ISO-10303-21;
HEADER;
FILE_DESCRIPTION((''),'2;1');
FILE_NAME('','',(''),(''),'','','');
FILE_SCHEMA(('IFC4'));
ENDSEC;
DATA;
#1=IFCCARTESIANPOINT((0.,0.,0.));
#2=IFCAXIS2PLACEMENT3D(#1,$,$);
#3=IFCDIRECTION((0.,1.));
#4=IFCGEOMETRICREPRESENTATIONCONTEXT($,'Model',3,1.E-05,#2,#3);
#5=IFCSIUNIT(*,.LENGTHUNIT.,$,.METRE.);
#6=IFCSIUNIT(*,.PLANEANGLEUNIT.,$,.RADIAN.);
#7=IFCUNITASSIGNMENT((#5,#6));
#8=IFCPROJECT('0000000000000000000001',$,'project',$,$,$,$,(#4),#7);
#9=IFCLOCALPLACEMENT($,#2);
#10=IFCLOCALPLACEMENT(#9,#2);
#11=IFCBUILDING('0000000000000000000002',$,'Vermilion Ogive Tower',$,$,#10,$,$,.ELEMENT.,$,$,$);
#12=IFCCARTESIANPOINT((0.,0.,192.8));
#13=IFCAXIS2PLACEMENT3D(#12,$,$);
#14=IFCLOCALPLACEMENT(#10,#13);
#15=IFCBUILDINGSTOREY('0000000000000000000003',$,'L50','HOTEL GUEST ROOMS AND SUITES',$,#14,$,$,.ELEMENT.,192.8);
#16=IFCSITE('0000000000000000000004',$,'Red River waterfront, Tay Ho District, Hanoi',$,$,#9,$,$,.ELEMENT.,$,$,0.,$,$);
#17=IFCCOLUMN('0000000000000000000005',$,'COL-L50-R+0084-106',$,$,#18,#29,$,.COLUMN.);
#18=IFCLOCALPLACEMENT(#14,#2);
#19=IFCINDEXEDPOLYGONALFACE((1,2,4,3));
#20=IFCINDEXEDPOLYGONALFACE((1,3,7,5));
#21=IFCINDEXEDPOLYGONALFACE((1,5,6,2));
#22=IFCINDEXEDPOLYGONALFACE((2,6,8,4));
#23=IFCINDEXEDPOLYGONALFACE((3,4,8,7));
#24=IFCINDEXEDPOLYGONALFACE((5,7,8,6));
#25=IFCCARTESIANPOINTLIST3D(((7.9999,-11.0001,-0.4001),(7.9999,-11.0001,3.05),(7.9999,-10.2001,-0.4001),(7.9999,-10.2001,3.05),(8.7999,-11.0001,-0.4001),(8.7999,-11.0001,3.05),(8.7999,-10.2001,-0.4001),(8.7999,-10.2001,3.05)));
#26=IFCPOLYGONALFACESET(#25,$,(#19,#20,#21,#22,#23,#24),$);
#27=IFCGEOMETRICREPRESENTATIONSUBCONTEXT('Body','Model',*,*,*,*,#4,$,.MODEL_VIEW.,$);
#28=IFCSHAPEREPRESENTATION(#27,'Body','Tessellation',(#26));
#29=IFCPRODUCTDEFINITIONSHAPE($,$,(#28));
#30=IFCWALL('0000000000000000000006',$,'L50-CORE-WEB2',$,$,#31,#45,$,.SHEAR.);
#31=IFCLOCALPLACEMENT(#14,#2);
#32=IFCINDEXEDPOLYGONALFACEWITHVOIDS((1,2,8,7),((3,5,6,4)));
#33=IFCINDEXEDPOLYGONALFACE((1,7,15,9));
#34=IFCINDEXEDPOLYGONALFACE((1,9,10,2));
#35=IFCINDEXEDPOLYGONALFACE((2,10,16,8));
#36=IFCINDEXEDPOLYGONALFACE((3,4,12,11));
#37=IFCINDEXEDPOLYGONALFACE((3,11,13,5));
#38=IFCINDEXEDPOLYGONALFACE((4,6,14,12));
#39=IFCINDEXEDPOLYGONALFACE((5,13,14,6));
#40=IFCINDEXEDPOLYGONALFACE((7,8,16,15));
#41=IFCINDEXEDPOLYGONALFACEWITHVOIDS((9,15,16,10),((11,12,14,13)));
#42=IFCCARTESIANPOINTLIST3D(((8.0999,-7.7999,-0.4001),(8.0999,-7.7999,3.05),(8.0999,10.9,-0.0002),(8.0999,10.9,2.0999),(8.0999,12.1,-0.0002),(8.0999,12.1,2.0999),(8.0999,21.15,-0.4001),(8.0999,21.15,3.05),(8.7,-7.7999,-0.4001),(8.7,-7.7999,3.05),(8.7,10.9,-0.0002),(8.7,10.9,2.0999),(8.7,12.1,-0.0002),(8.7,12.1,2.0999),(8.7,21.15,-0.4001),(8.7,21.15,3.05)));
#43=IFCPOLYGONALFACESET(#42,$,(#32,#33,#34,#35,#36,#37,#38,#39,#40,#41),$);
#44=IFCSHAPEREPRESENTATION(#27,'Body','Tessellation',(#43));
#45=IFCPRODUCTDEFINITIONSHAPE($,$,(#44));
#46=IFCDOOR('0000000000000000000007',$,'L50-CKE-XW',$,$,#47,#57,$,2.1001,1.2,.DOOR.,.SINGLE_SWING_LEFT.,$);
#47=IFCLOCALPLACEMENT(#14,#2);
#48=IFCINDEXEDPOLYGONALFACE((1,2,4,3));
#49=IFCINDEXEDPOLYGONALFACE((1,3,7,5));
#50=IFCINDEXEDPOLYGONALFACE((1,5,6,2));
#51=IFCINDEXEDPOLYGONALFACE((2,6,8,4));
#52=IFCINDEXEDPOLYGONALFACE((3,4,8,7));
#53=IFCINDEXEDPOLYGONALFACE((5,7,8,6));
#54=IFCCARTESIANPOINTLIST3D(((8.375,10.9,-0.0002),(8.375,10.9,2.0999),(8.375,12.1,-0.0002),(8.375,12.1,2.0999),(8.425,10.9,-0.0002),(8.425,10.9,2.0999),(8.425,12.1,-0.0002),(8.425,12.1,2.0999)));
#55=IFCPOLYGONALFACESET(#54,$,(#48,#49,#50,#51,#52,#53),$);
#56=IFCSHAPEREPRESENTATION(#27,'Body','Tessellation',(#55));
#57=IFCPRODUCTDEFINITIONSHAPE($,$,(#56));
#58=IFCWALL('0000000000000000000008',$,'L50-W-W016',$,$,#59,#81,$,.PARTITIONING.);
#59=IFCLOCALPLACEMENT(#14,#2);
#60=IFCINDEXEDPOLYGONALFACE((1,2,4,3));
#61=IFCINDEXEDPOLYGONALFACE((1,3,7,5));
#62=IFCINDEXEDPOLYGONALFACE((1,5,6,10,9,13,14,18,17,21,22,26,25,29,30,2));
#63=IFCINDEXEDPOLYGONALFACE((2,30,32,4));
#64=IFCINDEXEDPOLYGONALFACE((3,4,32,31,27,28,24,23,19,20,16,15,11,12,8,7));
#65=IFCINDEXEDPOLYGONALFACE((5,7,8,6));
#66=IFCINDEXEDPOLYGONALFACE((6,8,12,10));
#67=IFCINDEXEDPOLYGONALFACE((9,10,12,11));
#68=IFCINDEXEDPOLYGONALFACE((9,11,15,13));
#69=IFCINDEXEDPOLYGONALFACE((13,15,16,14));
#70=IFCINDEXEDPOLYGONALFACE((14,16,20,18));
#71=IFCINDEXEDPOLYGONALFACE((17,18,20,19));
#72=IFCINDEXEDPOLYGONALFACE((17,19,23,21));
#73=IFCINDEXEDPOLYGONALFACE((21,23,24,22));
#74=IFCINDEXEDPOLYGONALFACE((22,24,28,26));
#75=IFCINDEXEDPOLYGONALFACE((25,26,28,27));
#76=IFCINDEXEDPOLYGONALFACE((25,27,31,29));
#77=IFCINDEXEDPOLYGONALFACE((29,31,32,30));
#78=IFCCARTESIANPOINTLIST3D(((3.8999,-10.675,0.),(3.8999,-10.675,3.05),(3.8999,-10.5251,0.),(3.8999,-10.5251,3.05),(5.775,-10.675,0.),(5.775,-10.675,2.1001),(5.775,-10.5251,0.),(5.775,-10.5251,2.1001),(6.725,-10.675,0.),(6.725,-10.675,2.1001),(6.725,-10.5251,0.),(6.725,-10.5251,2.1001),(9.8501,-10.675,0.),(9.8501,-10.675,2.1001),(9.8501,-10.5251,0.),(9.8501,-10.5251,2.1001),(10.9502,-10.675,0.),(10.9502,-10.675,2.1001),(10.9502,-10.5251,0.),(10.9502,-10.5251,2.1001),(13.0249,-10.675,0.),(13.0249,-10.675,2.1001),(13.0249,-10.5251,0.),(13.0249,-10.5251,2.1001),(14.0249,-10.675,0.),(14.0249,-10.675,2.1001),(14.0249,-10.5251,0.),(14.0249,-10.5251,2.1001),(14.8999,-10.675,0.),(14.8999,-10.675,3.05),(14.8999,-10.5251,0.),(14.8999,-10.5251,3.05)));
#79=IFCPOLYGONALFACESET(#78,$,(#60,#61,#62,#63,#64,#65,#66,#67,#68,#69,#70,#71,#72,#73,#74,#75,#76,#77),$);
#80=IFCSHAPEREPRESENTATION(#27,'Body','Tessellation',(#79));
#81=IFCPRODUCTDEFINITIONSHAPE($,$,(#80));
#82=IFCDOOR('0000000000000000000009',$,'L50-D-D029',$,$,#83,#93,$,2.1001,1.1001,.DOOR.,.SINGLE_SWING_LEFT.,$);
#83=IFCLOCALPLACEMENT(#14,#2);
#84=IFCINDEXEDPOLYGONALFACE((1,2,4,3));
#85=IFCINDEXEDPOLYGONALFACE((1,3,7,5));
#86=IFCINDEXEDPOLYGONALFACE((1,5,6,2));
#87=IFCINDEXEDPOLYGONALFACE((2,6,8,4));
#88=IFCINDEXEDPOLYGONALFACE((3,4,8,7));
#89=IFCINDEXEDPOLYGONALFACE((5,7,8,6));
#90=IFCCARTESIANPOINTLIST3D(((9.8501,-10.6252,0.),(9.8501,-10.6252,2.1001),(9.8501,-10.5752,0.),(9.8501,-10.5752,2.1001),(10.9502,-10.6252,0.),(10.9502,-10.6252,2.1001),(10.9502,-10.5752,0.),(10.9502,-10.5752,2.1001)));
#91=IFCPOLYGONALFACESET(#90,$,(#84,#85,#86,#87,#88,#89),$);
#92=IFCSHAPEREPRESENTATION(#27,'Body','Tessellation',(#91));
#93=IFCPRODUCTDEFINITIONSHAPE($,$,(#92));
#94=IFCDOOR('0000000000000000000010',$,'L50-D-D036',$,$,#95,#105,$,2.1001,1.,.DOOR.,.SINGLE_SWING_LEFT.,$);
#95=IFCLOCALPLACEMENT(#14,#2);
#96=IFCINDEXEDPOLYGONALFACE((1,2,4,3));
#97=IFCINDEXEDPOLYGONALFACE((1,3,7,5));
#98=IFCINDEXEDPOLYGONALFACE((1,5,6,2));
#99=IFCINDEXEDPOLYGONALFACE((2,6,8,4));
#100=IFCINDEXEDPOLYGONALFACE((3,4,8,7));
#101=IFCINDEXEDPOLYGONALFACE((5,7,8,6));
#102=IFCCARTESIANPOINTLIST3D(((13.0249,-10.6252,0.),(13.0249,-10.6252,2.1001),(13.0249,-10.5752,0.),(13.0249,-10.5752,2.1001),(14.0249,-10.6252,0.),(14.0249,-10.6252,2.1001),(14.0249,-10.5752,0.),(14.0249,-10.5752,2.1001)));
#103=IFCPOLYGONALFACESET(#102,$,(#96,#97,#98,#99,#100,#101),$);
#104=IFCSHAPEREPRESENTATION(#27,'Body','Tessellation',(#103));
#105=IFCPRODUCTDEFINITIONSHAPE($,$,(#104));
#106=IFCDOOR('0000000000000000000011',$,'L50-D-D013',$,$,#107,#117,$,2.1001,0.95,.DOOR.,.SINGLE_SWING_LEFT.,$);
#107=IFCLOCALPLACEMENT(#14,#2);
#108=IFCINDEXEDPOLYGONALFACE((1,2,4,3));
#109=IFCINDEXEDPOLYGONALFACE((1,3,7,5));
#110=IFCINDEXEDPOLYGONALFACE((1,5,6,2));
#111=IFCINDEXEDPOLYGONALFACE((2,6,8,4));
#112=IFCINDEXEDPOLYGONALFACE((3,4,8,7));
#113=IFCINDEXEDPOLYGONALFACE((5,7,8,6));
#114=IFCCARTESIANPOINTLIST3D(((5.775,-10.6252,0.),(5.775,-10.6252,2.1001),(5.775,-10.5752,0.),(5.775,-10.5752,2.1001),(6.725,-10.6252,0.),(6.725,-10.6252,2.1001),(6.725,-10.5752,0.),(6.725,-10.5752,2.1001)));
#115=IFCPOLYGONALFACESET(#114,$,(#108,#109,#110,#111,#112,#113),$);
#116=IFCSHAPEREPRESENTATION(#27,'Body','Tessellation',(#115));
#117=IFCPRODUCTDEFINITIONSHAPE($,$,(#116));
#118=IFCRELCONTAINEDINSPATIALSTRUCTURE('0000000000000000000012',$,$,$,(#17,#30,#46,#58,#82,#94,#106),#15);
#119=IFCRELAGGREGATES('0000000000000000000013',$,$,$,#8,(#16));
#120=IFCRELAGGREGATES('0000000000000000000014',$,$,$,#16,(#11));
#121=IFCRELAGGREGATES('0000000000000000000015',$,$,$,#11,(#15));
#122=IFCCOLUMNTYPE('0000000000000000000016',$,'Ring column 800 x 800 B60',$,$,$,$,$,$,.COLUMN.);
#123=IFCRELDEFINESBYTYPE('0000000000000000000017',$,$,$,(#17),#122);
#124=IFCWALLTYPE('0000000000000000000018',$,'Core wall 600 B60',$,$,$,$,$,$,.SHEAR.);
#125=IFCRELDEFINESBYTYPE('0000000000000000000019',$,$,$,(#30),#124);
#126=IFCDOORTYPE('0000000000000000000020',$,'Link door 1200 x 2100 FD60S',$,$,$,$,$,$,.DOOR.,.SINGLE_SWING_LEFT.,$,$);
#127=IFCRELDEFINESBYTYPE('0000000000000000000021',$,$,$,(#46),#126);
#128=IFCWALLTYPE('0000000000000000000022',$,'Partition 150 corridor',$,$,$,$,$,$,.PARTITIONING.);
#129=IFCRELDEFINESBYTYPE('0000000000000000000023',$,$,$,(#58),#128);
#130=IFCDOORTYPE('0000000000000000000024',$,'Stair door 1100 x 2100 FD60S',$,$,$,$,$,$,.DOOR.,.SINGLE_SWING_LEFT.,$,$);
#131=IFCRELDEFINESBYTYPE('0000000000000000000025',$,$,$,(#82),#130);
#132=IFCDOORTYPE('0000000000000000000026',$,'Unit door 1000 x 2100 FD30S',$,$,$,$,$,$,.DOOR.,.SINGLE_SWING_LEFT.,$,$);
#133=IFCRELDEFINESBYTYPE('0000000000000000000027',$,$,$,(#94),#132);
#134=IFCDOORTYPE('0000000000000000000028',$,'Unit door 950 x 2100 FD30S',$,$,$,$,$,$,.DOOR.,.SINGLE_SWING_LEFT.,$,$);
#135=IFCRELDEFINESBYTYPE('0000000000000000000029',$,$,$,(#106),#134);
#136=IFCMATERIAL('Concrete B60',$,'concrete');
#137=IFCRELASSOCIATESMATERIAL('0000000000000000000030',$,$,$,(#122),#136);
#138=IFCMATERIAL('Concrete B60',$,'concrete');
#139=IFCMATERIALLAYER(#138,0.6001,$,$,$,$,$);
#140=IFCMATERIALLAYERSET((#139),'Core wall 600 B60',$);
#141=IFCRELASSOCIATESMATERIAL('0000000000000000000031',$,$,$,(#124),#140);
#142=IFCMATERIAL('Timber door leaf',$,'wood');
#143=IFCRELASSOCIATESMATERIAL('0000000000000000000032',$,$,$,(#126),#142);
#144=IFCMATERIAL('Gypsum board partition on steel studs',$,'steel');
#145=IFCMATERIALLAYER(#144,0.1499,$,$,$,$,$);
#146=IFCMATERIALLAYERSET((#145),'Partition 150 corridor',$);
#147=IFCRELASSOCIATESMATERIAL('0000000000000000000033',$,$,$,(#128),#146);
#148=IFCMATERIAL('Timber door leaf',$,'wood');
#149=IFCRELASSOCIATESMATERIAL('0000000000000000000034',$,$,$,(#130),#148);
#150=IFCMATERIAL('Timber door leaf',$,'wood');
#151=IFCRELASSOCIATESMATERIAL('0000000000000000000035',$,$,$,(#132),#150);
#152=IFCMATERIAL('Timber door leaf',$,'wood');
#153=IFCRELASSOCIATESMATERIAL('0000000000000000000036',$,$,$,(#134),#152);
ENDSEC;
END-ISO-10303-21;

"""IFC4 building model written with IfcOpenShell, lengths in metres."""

from ifc_helpers import new_model, si_unit, direction, frame, frame_2d, origin, origin_2d, place, context, subcontext, project, spatial, rectangle, extrude, material, layer, layer_set, material_profile, profile_set, type_object, element, fill, save


model = new_model("IFC4")

# Units and contexts
model_context = context("Model", 3, precision=1e-05, world=origin(), true_north=direction((0.0, 1.0)))
body_context = subcontext(model_context, "Body", "Model", "MODEL_VIEW")
ifc_project = project(units=[si_unit("LENGTHUNIT", "METRE"), si_unit("PLANEANGLEUNIT", "RADIAN")], contexts=[model_context])

# Site, building, storey
site_placement = place(None, origin())
site = spatial("IfcSite", under=ifc_project, at=site_placement, Name="Red River waterfront, Tay Ho District, Hanoi", CompositionType="ELEMENT", RefElevation=0.0)
building_placement = place(site_placement, origin())
building = spatial("IfcBuilding", under=site, at=building_placement, Name="Vermilion Ogive Tower", CompositionType="ELEMENT")
storey_placement = place(building_placement, frame((0.0, 0.0, 192.8)))
storey = spatial("IfcBuildingStorey", under=building, at=storey_placement, Name="L50", Description="HOTEL GUEST ROOMS AND SUITES", CompositionType="ELEMENT", Elevation=192.8)

# Column
ifc_material_1 = material(Name="Concrete B60", Category="concrete")
ifc_material_profile = material_profile(ifc_material_1, rectangle(XDim=0.8, YDim=0.8, at=origin_2d()), Name="800 x 800")
ifc_profile_set = profile_set([ifc_material_profile], Name="Concrete B60")
column_type = type_object("IfcColumnType", Name="Ring column 800 x 800 B60", PredefinedType="COLUMN", material=ifc_profile_set)
column_placement = place(storey_placement, frame((8.3999, -10.6001, -0.4001), z_axis=(0.0, 0.0, 1.0), x_axis=(1.0, 0.0, 0.0)))
element("IfcColumn", 1, at=column_placement, inside=storey, type_object=column_type, Name="COL-L50-R+0084-106", PredefinedType="COLUMN", context=body_context, shape_type="SweptSolid", body=[
    extrude(rectangle(XDim=0.8, YDim=0.8, at=origin_2d()), origin(), (0.0, 0.0, 1.0), 3.4502),
])

# Wall, opening, door
ifc_material_2 = material(Name="Concrete B60", Category="concrete")
ifc_layer_1 = layer(ifc_material_2, 0.6001)
ifc_layer_set_1 = layer_set([ifc_layer_1], Name="Core wall 600 B60")
wall_type_1 = type_object("IfcWallType", Name="Core wall 600 B60", PredefinedType="SHEAR", material=ifc_layer_set_1)
wall_1_placement = place(storey_placement, frame((8.3999, -7.8, -0.4001), z_axis=(0.0, 0.0, 1.0), x_axis=(0.0, 1.0, 0.0)))
wall_1 = element("IfcWall", 2, at=wall_1_placement, inside=storey, type_object=wall_type_1, Name="L50-CORE-WEB2", PredefinedType="SHEAR", context=body_context, shape_type="SweptSolid", body=[
    extrude(rectangle(XDim=28.95, YDim=0.6001, at=frame_2d((14.4751, 0.0))), origin(), (0.0, 0.0, 1.0), 3.4502),
])
opening_1_placement = place(wall_1_placement, frame((18.7, 0.0, 0.3999)))
opening_1 = element("IfcOpeningElement", 3, at=opening_1_placement, cuts=wall_1, PredefinedType="OPENING", context=body_context, shape_type="SweptSolid", body=[
    extrude(rectangle(XDim=1.2, YDim=2.1001, at=frame_2d((0.6001, 1.05))), frame((0.0, 0.3101, 0.0), z_axis=(0.0, -1.0, 0.0), x_axis=(1.0, 0.0, 0.0)), (0.0, 0.0, 1.0), 0.6201),
])
ifc_material_3 = material(Name="Timber door leaf", Category="wood")
door_type_1 = type_object("IfcDoorType", Name="Link door 1200 x 2100 FD60S", OperationType="SINGLE_SWING_LEFT", PredefinedType="DOOR", material=ifc_material_3)
door_1_placement = place(opening_1_placement, origin())
door_1 = element("IfcDoor", 4, at=door_1_placement, inside=storey, type_object=door_type_1, Name="L50-CKE-XW", OperationType="SINGLE_SWING_LEFT", OverallHeight=2.1001, OverallWidth=1.2, PredefinedType="DOOR", context=body_context, shape_type="SweptSolid", body=[
    extrude(rectangle(XDim=1.2, YDim=2.1001, at=frame_2d((0.6001, 1.05))), frame((0.0, 0.0249, 0.0), z_axis=(0.0, -1.0, 0.0), x_axis=(1.0, 0.0, 0.0)), (0.0, 0.0, 1.0), 0.05),
])
fill(opening_1, door_1)

# Wall, openings, doors
ifc_material_4 = material(Name="Gypsum board partition on steel studs", Category="steel")
ifc_layer_2 = layer(ifc_material_4, 0.1499)
ifc_layer_set_2 = layer_set([ifc_layer_2], Name="Partition 150 corridor")
wall_type_2 = type_object("IfcWallType", Name="Partition 150 corridor", PredefinedType="PARTITIONING", material=ifc_layer_set_2)
wall_2_placement = place(storey_placement, frame((3.8999, -10.6001, 0.0), z_axis=(0.0, 0.0, 1.0), x_axis=(1.0, 0.0, 0.0)))
wall_2 = element("IfcWall", 5, at=wall_2_placement, inside=storey, type_object=wall_type_2, Name="L50-W-W016", PredefinedType="PARTITIONING", context=body_context, shape_type="SweptSolid", body=[
    extrude(rectangle(XDim=11.0, YDim=0.1499, at=frame_2d((5.5, 0.0))), origin(), (0.0, 0.0, 1.0), 3.05),
])
opening_2_placement = place(wall_2_placement, frame((1.875, 0.0, 0.0)))
opening_2 = element("IfcOpeningElement", 6, at=opening_2_placement, cuts=wall_2, PredefinedType="OPENING", context=body_context, shape_type="SweptSolid", body=[
    extrude(rectangle(XDim=0.95, YDim=2.1001, at=frame_2d((0.4751, 1.05))), frame((0.0, 0.085, 0.0), z_axis=(0.0, -1.0, 0.0), x_axis=(1.0, 0.0, 0.0)), (0.0, 0.0, 1.0), 0.1699),
])
opening_3_placement = place(wall_2_placement, frame((5.9502, 0.0, 0.0)))
opening_3 = element("IfcOpeningElement", 7, at=opening_3_placement, cuts=wall_2, PredefinedType="OPENING", context=body_context, shape_type="SweptSolid", body=[
    extrude(rectangle(XDim=1.1001, YDim=2.1001, at=frame_2d((0.55, 1.05))), frame((0.0, 0.085, 0.0), z_axis=(0.0, -1.0, 0.0), x_axis=(1.0, 0.0, 0.0)), (0.0, 0.0, 1.0), 0.1699),
])
opening_4_placement = place(wall_2_placement, frame((9.125, 0.0, 0.0)))
opening_4 = element("IfcOpeningElement", 8, at=opening_4_placement, cuts=wall_2, PredefinedType="OPENING", context=body_context, shape_type="SweptSolid", body=[
    extrude(rectangle(XDim=1.0, YDim=2.1001, at=frame_2d((0.5, 1.05))), frame((0.0, 0.085, 0.0), z_axis=(0.0, -1.0, 0.0), x_axis=(1.0, 0.0, 0.0)), (0.0, 0.0, 1.0), 0.1699),
])
ifc_material_5 = material(Name="Timber door leaf", Category="wood")
door_type_2 = type_object("IfcDoorType", Name="Stair door 1100 x 2100 FD60S", OperationType="SINGLE_SWING_LEFT", PredefinedType="DOOR", material=ifc_material_5)
door_2_placement = place(opening_3_placement, origin())
door_2 = element("IfcDoor", 9, at=door_2_placement, inside=storey, type_object=door_type_2, Name="L50-D-D029", OperationType="SINGLE_SWING_LEFT", OverallHeight=2.1001, OverallWidth=1.1001, PredefinedType="DOOR", context=body_context, shape_type="SweptSolid", body=[
    extrude(rectangle(XDim=1.1001, YDim=2.1001, at=frame_2d((0.55, 1.05))), frame((0.0, 0.0249, 0.0), z_axis=(0.0, -1.0, 0.0), x_axis=(1.0, 0.0, 0.0)), (0.0, 0.0, 1.0), 0.05),
])
fill(opening_3, door_2)
ifc_material_6 = material(Name="Timber door leaf", Category="wood")
door_type_3 = type_object("IfcDoorType", Name="Unit door 1000 x 2100 FD30S", OperationType="SINGLE_SWING_LEFT", PredefinedType="DOOR", material=ifc_material_6)
door_3_placement = place(opening_4_placement, origin())
door_3 = element("IfcDoor", 10, at=door_3_placement, inside=storey, type_object=door_type_3, Name="L50-D-D036", OperationType="SINGLE_SWING_LEFT", OverallHeight=2.1001, OverallWidth=1.0, PredefinedType="DOOR", context=body_context, shape_type="SweptSolid", body=[
    extrude(rectangle(XDim=1.0, YDim=2.1001, at=frame_2d((0.5, 1.05))), frame((0.0, 0.0249, 0.0), z_axis=(0.0, -1.0, 0.0), x_axis=(1.0, 0.0, 0.0)), (0.0, 0.0, 1.0), 0.05),
])
fill(opening_4, door_3)
ifc_material_7 = material(Name="Timber door leaf", Category="wood")
door_type_4 = type_object("IfcDoorType", Name="Unit door 950 x 2100 FD30S", OperationType="SINGLE_SWING_LEFT", PredefinedType="DOOR", material=ifc_material_7)
door_4_placement = place(opening_2_placement, origin())
door_4 = element("IfcDoor", 11, at=door_4_placement, inside=storey, type_object=door_type_4, Name="L50-D-D013", OperationType="SINGLE_SWING_LEFT", OverallHeight=2.1001, OverallWidth=0.95, PredefinedType="DOOR", context=body_context, shape_type="SweptSolid", body=[
    extrude(rectangle(XDim=0.95, YDim=2.1001, at=frame_2d((0.4751, 1.05))), frame((0.0, 0.0249, 0.0), z_axis=(0.0, -1.0, 0.0), x_axis=(1.0, 0.0, 0.0)), (0.0, 0.0, 1.0), 0.05),
])
fill(opening_2, door_4)

save(model, "model.ifc")
